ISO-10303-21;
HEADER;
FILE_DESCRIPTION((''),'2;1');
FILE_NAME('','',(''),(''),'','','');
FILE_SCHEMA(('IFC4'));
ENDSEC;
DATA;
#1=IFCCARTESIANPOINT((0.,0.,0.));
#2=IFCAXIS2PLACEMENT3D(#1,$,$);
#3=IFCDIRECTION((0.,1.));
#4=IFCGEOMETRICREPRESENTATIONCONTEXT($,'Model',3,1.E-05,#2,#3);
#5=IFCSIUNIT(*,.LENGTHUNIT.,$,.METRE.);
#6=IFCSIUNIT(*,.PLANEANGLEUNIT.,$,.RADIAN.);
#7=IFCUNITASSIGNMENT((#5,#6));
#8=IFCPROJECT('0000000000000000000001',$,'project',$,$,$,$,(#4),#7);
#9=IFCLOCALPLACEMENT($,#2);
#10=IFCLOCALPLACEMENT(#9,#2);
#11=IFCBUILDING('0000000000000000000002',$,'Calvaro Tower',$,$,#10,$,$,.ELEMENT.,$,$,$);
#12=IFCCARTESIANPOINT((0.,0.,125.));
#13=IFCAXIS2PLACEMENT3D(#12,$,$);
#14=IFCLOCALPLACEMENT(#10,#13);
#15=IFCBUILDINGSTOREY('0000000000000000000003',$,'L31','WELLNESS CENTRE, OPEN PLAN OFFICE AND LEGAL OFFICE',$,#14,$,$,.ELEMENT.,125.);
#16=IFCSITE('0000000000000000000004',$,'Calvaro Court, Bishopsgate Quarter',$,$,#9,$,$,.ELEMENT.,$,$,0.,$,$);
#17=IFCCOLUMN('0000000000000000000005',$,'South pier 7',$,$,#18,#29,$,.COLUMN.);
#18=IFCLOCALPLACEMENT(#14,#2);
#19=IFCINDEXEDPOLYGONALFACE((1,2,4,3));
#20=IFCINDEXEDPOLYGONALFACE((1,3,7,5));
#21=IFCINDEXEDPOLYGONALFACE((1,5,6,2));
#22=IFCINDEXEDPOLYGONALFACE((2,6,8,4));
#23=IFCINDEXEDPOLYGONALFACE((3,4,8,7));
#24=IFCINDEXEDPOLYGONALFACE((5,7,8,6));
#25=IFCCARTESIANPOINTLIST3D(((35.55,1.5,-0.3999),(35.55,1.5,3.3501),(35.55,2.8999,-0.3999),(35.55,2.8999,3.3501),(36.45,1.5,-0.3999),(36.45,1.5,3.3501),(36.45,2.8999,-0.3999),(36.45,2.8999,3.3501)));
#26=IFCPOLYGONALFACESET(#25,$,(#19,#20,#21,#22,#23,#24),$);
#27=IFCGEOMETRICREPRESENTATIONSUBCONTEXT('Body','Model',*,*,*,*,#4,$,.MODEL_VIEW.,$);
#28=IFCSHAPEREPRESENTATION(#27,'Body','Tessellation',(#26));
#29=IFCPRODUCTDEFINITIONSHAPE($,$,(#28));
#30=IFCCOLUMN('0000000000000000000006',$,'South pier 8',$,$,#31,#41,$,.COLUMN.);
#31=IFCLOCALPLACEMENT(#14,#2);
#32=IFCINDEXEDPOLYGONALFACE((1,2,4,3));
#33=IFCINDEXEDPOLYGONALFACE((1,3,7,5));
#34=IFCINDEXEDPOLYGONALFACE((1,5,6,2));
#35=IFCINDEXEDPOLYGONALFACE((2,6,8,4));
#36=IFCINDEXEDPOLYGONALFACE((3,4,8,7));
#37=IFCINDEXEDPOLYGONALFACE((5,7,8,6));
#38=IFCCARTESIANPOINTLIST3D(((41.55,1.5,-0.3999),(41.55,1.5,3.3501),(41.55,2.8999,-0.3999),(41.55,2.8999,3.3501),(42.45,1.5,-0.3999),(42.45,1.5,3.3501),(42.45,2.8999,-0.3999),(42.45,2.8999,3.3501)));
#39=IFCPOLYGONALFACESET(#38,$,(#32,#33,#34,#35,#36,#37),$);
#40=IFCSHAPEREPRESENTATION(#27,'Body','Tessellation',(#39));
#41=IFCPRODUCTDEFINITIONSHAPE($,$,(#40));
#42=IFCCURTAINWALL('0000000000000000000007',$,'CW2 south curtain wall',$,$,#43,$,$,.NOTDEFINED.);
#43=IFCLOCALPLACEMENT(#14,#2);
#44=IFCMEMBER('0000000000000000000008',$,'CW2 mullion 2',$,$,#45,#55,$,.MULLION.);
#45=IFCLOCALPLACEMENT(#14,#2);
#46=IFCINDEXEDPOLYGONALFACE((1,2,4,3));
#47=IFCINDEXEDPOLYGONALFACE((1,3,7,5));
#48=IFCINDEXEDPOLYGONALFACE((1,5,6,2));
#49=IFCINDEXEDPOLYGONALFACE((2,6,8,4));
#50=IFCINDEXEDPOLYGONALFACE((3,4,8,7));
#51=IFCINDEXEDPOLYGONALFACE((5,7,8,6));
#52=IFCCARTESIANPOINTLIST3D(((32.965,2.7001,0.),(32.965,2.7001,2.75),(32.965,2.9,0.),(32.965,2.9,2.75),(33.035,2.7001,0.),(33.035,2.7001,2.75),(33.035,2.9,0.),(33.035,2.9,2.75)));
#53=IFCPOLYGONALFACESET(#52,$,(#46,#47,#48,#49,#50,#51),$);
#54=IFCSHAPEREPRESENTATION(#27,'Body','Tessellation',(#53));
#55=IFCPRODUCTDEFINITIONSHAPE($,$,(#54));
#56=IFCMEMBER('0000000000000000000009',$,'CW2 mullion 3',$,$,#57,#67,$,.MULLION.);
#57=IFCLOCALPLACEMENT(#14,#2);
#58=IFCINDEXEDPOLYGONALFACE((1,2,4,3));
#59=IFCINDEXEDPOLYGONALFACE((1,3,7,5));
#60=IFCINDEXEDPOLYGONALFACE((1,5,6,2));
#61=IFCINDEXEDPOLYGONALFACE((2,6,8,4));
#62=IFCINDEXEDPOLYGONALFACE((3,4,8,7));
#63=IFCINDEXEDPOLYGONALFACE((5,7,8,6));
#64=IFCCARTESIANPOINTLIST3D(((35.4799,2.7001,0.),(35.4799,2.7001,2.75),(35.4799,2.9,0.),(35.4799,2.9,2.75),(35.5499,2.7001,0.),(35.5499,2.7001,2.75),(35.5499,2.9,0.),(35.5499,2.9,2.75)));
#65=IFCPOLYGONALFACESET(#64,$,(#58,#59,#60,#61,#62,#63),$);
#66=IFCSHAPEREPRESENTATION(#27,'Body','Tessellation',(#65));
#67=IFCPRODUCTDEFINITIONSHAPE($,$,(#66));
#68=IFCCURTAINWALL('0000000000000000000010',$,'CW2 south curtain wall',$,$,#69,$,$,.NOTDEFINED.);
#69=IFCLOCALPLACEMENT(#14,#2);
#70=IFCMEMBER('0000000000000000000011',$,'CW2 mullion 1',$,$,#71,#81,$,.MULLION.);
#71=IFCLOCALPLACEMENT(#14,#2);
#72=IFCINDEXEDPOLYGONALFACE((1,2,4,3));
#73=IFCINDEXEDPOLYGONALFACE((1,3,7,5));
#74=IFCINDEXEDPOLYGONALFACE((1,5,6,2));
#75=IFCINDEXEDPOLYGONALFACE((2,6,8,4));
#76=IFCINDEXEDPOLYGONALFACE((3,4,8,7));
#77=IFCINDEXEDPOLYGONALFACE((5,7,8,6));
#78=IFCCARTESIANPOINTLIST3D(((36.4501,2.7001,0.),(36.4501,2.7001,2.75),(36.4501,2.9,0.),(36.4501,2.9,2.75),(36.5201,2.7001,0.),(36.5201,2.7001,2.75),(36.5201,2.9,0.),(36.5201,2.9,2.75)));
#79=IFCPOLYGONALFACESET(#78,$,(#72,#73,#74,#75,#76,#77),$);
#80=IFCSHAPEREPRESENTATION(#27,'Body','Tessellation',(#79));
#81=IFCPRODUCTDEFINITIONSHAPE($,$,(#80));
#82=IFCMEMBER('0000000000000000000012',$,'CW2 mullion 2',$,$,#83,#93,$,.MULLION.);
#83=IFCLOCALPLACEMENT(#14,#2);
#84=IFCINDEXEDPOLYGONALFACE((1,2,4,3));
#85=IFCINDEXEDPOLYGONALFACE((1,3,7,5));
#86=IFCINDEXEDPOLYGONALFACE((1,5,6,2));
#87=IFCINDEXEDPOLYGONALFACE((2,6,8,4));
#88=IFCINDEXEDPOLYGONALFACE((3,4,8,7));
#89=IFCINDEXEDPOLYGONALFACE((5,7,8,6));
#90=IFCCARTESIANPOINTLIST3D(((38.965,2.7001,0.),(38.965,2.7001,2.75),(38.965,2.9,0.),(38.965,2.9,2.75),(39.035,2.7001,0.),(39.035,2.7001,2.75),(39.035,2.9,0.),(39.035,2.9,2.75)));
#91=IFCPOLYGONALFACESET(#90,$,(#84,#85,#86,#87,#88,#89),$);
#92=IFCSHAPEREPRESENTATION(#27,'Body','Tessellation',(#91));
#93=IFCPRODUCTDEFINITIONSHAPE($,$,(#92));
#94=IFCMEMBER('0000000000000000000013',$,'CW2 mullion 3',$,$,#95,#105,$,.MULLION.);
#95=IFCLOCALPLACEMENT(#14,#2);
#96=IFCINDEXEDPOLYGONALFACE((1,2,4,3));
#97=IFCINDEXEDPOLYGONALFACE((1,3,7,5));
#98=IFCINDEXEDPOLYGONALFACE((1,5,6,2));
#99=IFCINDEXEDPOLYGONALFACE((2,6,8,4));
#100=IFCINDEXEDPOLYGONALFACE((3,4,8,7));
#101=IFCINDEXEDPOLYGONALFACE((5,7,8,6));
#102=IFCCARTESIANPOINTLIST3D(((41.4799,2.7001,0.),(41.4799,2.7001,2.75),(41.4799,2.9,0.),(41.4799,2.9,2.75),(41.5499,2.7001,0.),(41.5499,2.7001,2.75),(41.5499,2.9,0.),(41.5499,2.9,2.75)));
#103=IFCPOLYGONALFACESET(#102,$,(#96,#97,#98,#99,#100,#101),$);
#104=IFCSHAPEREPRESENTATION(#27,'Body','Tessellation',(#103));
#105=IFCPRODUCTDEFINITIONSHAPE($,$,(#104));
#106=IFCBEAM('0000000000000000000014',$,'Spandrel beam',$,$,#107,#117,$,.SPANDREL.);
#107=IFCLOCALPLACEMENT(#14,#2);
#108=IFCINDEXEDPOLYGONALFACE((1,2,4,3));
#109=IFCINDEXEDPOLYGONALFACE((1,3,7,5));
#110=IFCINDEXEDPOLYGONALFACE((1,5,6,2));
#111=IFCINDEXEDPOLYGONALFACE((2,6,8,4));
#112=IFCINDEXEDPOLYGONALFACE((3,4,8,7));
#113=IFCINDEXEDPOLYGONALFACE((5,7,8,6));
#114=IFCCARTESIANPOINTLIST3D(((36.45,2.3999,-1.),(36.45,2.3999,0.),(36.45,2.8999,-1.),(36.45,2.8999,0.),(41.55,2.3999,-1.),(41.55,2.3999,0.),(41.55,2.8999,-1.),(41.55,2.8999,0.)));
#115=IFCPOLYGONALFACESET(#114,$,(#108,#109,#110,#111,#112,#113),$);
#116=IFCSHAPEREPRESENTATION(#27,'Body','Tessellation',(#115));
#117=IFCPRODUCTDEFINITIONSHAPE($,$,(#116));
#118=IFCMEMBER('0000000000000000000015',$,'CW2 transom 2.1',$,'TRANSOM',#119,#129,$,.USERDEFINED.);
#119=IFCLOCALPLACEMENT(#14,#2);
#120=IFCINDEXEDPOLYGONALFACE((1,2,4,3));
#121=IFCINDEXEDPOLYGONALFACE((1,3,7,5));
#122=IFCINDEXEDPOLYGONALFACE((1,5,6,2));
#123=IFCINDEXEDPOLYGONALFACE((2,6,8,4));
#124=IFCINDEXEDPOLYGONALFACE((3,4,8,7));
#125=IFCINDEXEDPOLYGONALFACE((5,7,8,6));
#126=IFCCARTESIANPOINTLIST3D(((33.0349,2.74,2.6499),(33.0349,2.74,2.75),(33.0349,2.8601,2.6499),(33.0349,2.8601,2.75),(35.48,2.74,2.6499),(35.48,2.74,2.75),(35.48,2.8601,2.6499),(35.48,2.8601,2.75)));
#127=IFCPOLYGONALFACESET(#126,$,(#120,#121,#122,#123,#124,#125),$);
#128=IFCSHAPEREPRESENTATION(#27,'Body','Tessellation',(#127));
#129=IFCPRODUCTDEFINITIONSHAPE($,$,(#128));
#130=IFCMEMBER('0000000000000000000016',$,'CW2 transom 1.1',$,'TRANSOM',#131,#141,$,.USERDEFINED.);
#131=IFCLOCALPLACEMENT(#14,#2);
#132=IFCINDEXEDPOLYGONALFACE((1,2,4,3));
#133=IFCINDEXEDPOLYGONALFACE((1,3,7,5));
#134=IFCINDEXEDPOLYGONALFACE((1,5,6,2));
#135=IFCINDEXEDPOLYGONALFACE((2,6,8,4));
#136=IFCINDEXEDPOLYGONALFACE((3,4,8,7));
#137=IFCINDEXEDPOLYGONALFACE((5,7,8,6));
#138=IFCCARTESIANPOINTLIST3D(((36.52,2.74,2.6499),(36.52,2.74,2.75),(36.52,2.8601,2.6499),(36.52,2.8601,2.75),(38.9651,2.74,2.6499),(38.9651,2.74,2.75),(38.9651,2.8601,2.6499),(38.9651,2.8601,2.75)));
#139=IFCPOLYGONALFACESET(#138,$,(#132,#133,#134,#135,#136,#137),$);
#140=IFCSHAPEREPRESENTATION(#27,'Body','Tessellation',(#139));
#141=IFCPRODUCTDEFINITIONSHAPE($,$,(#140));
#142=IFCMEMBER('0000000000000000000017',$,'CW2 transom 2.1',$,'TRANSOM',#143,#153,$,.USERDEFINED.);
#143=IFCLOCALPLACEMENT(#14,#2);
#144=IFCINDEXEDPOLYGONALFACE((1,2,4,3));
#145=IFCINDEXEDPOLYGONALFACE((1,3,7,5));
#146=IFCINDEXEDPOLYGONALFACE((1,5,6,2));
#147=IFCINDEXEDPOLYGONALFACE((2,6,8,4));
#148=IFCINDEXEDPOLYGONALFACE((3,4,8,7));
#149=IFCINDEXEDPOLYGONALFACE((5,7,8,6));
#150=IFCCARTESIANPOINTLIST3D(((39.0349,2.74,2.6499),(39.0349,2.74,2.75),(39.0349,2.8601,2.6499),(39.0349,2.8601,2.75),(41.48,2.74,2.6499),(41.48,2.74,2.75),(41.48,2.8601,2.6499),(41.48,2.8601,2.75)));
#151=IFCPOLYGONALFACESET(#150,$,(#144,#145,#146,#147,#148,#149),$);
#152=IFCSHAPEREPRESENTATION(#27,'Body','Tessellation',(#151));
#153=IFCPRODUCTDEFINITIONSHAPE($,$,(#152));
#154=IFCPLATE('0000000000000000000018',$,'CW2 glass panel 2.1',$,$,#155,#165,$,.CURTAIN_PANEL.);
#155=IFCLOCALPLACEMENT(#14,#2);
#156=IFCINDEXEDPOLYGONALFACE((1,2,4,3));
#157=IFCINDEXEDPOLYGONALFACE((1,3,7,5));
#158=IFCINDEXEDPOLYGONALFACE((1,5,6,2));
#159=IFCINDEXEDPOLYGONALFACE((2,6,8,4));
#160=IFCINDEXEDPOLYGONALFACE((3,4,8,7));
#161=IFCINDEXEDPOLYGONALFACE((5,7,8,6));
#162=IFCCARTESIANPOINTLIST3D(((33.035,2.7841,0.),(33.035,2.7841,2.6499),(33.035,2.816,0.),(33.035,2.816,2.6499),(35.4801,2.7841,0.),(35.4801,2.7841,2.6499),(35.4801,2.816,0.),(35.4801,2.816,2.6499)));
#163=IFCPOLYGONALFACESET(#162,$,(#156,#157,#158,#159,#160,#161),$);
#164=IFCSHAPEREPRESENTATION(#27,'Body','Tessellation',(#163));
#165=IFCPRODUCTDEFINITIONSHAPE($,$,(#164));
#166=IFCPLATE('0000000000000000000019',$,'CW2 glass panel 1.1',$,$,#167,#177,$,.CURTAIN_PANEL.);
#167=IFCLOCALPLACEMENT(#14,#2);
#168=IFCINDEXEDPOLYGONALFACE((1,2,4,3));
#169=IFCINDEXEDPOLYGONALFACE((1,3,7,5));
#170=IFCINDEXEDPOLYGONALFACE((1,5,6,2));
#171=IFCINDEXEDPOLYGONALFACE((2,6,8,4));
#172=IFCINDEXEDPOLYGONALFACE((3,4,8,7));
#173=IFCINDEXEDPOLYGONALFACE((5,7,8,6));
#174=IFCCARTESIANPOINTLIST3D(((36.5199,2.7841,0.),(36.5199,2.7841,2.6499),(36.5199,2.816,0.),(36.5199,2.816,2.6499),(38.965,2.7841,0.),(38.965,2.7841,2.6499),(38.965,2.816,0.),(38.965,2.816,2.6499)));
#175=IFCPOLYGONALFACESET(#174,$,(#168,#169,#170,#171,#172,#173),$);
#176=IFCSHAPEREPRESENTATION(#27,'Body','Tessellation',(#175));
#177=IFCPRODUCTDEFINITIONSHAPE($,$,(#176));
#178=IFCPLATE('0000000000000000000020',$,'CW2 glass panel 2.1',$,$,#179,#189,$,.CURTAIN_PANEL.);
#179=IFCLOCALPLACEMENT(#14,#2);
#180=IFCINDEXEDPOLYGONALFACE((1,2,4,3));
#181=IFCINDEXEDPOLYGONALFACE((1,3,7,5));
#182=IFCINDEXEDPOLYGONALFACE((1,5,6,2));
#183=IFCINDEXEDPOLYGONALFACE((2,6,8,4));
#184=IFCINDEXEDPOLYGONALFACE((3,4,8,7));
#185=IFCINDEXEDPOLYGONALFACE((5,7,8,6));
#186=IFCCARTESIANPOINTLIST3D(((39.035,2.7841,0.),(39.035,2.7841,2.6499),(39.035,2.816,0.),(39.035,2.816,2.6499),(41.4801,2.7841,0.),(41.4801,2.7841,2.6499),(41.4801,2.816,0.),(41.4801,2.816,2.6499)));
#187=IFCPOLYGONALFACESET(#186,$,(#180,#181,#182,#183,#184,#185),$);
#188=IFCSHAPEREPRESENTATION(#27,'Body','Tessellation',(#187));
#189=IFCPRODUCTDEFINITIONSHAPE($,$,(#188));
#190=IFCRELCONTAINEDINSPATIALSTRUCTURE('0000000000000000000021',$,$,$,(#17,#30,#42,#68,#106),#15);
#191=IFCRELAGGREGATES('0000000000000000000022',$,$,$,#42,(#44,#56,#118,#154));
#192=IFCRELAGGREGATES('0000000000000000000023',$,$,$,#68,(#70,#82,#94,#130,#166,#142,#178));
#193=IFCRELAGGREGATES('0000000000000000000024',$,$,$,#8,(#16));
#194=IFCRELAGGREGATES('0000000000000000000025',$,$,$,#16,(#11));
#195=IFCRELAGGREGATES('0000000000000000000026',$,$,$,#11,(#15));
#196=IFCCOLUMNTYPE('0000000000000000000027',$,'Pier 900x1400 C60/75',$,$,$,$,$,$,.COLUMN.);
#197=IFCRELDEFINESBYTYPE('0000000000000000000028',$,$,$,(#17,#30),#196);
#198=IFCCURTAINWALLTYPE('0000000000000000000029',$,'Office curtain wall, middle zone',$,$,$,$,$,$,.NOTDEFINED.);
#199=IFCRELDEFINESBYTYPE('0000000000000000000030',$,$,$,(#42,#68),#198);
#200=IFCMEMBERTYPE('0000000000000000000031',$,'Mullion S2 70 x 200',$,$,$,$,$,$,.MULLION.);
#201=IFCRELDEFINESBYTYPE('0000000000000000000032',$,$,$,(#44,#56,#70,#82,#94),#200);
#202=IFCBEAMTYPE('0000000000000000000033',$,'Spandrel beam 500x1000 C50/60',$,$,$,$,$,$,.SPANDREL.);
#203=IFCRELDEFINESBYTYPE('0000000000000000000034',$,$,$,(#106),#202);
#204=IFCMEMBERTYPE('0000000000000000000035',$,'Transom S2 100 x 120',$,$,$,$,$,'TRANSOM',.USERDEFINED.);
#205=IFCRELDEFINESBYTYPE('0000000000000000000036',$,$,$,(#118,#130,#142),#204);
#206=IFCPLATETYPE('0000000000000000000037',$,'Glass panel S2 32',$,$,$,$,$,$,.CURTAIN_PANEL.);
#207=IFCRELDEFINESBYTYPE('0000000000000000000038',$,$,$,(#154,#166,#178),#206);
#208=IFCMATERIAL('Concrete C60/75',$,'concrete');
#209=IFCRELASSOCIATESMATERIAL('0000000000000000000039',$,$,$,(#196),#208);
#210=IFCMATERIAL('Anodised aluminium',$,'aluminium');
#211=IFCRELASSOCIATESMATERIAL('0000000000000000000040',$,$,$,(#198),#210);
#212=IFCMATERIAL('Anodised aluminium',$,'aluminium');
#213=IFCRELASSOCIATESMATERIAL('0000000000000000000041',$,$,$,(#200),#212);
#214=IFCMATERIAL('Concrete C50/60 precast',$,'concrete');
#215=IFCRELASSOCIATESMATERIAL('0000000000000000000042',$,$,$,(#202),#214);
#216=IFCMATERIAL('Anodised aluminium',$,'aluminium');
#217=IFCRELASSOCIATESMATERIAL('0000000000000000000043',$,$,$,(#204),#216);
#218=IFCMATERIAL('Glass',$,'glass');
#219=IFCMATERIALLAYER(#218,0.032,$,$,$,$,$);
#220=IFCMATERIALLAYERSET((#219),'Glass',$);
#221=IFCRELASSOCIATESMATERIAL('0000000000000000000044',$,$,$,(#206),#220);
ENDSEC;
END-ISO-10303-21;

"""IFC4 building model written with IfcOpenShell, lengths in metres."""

from ifc_helpers import new_model, si_unit, direction, frame, origin, origin_2d, place, context, subcontext, project, spatial, rectangle, extrude, material, layer, layer_set, material_profile, profile_set, type_object, element, aggregate, save


model = new_model("IFC4")

# Units and contexts
model_context = context("Model", 3, precision=1e-05, world=origin(), true_north=direction((0.0, 1.0)))
body_context = subcontext(model_context, "Body", "Model", "MODEL_VIEW")
ifc_project = project(units=[si_unit("LENGTHUNIT", "METRE"), si_unit("PLANEANGLEUNIT", "RADIAN")], contexts=[model_context])

# Site, building, storey
site_placement = place(None, origin())
site = spatial("IfcSite", under=ifc_project, at=site_placement, Name="Calvaro Court, Bishopsgate Quarter", CompositionType="ELEMENT", RefElevation=0.0)
building_placement = place(site_placement, origin())
building = spatial("IfcBuilding", under=site, at=building_placement, Name="Calvaro Tower", CompositionType="ELEMENT")
storey_placement = place(building_placement, frame((0.0, 0.0, 125.0)))
storey = spatial("IfcBuildingStorey", under=building, at=storey_placement, Name="L31", Description="WELLNESS CENTRE, OPEN PLAN OFFICE AND LEGAL OFFICE", CompositionType="ELEMENT", Elevation=125.0)

# Columns
ifc_material_1 = material(Name="Concrete C60/75", Category="concrete")
ifc_material_profile_1 = material_profile(ifc_material_1, rectangle(XDim=0.8999, YDim=1.3999, at=origin_2d()), Name="RC 900x1400")
ifc_profile_set_1 = profile_set([ifc_material_profile_1], Name="Concrete C60/75")
column_type = type_object("IfcColumnType", Name="Pier 900x1400 C60/75", PredefinedType="COLUMN", material=ifc_profile_set_1)
for number, where, z_axis, x_axis, name in (
    (1, (36.0, 2.2, -0.3999), (0.0, 0.0, 1.0), (1.0, 0.0, 0.0), "South pier 7"),
    (2, (42.0, 2.2, -0.3999), (0.0, 0.0, 1.0), (1.0, 0.0, 0.0), "South pier 8"),
):
    element("IfcColumn", number, at=place(storey_placement, frame(where, z_axis=z_axis, x_axis=x_axis)), inside=storey, type_object=column_type, Name=name, PredefinedType="COLUMN", context=body_context, shape_type="SweptSolid", body=[
        extrude(rectangle(XDim=0.8999, YDim=1.3999, at=origin_2d()), origin(), (0.0, 0.0, 1.0), 3.75),
    ])

# Curtain walls, members
ifc_material_2 = material(Name="Anodised aluminium", Category="aluminium")
curtain_wall_type = type_object("IfcCurtainWallType", Name="Office curtain wall, middle zone", PredefinedType="NOTDEFINED", material=ifc_material_2)
curtain_wall_1_placement = place(storey_placement, origin())
curtain_wall_1 = element("IfcCurtainWall", 3, at=curtain_wall_1_placement, inside=storey, type_object=curtain_wall_type, Name="CW2 south curtain wall", PredefinedType="NOTDEFINED")
ifc_material_3 = material(Name="Anodised aluminium", Category="aluminium")
ifc_material_profile_2 = material_profile(ifc_material_3, rectangle(XDim=0.2, YDim=0.0701, at=origin_2d()), Name="Mullion S2 70 x 200")
ifc_profile_set_2 = profile_set([ifc_material_profile_2], Name="Anodised aluminium")
member_type_1 = type_object("IfcMemberType", Name="Mullion S2 70 x 200", PredefinedType="MULLION", material=ifc_profile_set_2)
member_1_placement = place(storey_placement, frame((33.0, 2.8, 0.0), z_axis=(0.0, 0.0, 1.0), x_axis=(0.0, 1.0, 0.0)))
member_1 = element("IfcMember", 4, at=member_1_placement, type_object=member_type_1, Name="CW2 mullion 2", PredefinedType="MULLION", context=body_context, shape_type="SweptSolid", body=[
    extrude(rectangle(XDim=0.2, YDim=0.0701, at=origin_2d()), origin(), (0.0, 0.0, 1.0), 2.75),
])
member_2_placement = place(storey_placement, frame((35.5149, 2.8, 0.0), z_axis=(0.0, 0.0, 1.0), x_axis=(0.0, 1.0, 0.0)))
member_2 = element("IfcMember", 5, at=member_2_placement, type_object=member_type_1, Name="CW2 mullion 3", PredefinedType="MULLION", context=body_context, shape_type="SweptSolid", body=[
    extrude(rectangle(XDim=0.2, YDim=0.0701, at=origin_2d()), origin(), (0.0, 0.0, 1.0), 2.75),
])
curtain_wall_2_placement = place(storey_placement, origin())
curtain_wall_2 = element("IfcCurtainWall", 6, at=curtain_wall_2_placement, inside=storey, type_object=curtain_wall_type, Name="CW2 south curtain wall", PredefinedType="NOTDEFINED")
member_3_placement = place(storey_placement, frame((36.4851, 2.8, 0.0), z_axis=(0.0, 0.0, 1.0), x_axis=(0.0, 1.0, 0.0)))
member_3 = element("IfcMember", 7, at=member_3_placement, type_object=member_type_1, Name="CW2 mullion 1", PredefinedType="MULLION", context=body_context, shape_type="SweptSolid", body=[
    extrude(rectangle(XDim=0.2, YDim=0.0701, at=origin_2d()), origin(), (0.0, 0.0, 1.0), 2.75),
])
member_4_placement = place(storey_placement, frame((39.0, 2.8, 0.0), z_axis=(0.0, 0.0, 1.0), x_axis=(0.0, 1.0, 0.0)))
member_4 = element("IfcMember", 8, at=member_4_placement, type_object=member_type_1, Name="CW2 mullion 2", PredefinedType="MULLION", context=body_context, shape_type="SweptSolid", body=[
    extrude(rectangle(XDim=0.2, YDim=0.0701, at=origin_2d()), origin(), (0.0, 0.0, 1.0), 2.75),
])
member_5_placement = place(storey_placement, frame((41.5149, 2.8, 0.0), z_axis=(0.0, 0.0, 1.0), x_axis=(0.0, 1.0, 0.0)))
member_5 = element("IfcMember", 9, at=member_5_placement, type_object=member_type_1, Name="CW2 mullion 3", PredefinedType="MULLION", context=body_context, shape_type="SweptSolid", body=[
    extrude(rectangle(XDim=0.2, YDim=0.0701, at=origin_2d()), origin(), (0.0, 0.0, 1.0), 2.75),
])

# Beam
ifc_material_4 = material(Name="Concrete C50/60 precast", Category="concrete")
ifc_material_profile_3 = material_profile(ifc_material_4, rectangle(XDim=0.5, YDim=1.0, at=origin_2d()), Name="RC 500x1000")
ifc_profile_set_3 = profile_set([ifc_material_profile_3], Name="Concrete C50/60 precast")
beam_type = type_object("IfcBeamType", Name="Spandrel beam 500x1000 C50/60", PredefinedType="SPANDREL", material=ifc_profile_set_3)
beam_placement = place(storey_placement, frame((36.45, 2.6499, -0.5), z_axis=(1.0, 0.0, 0.0), x_axis=(0.0, 1.0, 0.0)))
element("IfcBeam", 10, at=beam_placement, inside=storey, type_object=beam_type, Name="Spandrel beam", PredefinedType="SPANDREL", context=body_context, shape_type="SweptSolid", body=[
    extrude(rectangle(XDim=0.5, YDim=1.0, at=origin_2d()), origin(), (0.0, 0.0, 1.0), 5.1001),
])

# Members
ifc_material_5 = material(Name="Anodised aluminium", Category="aluminium")
ifc_material_profile_4 = material_profile(ifc_material_5, rectangle(XDim=0.1201, YDim=0.1001, at=origin_2d()), Name="Transom S2 100 x 120")
ifc_profile_set_4 = profile_set([ifc_material_profile_4], Name="Anodised aluminium")
member_type_2 = type_object("IfcMemberType", Name="Transom S2 100 x 120", ElementType="TRANSOM", PredefinedType="USERDEFINED", material=ifc_profile_set_4)
member_6_placement = place(storey_placement, frame((33.0349, 2.8, 2.7), z_axis=(1.0, 0.0, 0.0), x_axis=(0.0, 1.0, 0.0)))
member_6 = element("IfcMember", 11, at=member_6_placement, type_object=member_type_2, Name="CW2 transom 2.1", ObjectType="TRANSOM", PredefinedType="USERDEFINED", context=body_context, shape_type="SweptSolid", body=[
    extrude(rectangle(XDim=0.1201, YDim=0.1001, at=origin_2d()), origin(), (0.0, 0.0, 1.0), 2.4451),
])
member_7_placement = place(storey_placement, frame((36.52, 2.8, 2.7), z_axis=(1.0, 0.0, 0.0), x_axis=(0.0, 1.0, 0.0)))
member_7 = element("IfcMember", 12, at=member_7_placement, type_object=member_type_2, Name="CW2 transom 1.1", ObjectType="TRANSOM", PredefinedType="USERDEFINED", context=body_context, shape_type="SweptSolid", body=[
    extrude(rectangle(XDim=0.1201, YDim=0.1001, at=origin_2d()), origin(), (0.0, 0.0, 1.0), 2.4451),
])
member_8_placement = place(storey_placement, frame((39.0349, 2.8, 2.7), z_axis=(1.0, 0.0, 0.0), x_axis=(0.0, 1.0, 0.0)))
member_8 = element("IfcMember", 13, at=member_8_placement, type_object=member_type_2, Name="CW2 transom 2.1", ObjectType="TRANSOM", PredefinedType="USERDEFINED", context=body_context, shape_type="SweptSolid", body=[
    extrude(rectangle(XDim=0.1201, YDim=0.1001, at=origin_2d()), origin(), (0.0, 0.0, 1.0), 2.4451),
])

# Plates
ifc_material_6 = material(Name="Glass", Category="glass")
ifc_layer = layer(ifc_material_6, 0.032)
ifc_layer_set = layer_set([ifc_layer], Name="Glass")
plate_type = type_object("IfcPlateType", Name="Glass panel S2 32", PredefinedType="CURTAIN_PANEL", material=ifc_layer_set)
plate_1_placement = place(storey_placement, frame((34.2576, 2.8, 0.0), z_axis=(0.0, 0.0, 1.0), x_axis=(1.0, 0.0, 0.0)))
plate_1 = element("IfcPlate", 14, at=plate_1_placement, type_object=plate_type, Name="CW2 glass panel 2.1", PredefinedType="CURTAIN_PANEL", context=body_context, shape_type="SweptSolid", body=[
    extrude(rectangle(XDim=2.4451, YDim=0.032, at=origin_2d()), origin(), (0.0, 0.0, 1.0), 2.6499),
])
aggregate(curtain_wall_1, [member_1, member_2, member_6, plate_1])
plate_2_placement = place(storey_placement, frame((37.7424, 2.8, 0.0), z_axis=(0.0, 0.0, 1.0), x_axis=(1.0, 0.0, 0.0)))
plate_2 = element("IfcPlate", 15, at=plate_2_placement, type_object=plate_type, Name="CW2 glass panel 1.1", PredefinedType="CURTAIN_PANEL", context=body_context, shape_type="SweptSolid", body=[
    extrude(rectangle(XDim=2.4451, YDim=0.032, at=origin_2d()), origin(), (0.0, 0.0, 1.0), 2.6499),
])
plate_3_placement = place(storey_placement, frame((40.2576, 2.8, 0.0), z_axis=(0.0, 0.0, 1.0), x_axis=(1.0, 0.0, 0.0)))
plate_3 = element("IfcPlate", 16, at=plate_3_placement, type_object=plate_type, Name="CW2 glass panel 2.1", PredefinedType="CURTAIN_PANEL", context=body_context, shape_type="SweptSolid", body=[
    extrude(rectangle(XDim=2.4451, YDim=0.032, at=origin_2d()), origin(), (0.0, 0.0, 1.0), 2.6499),
])
aggregate(curtain_wall_2, [member_3, member_4, member_5, member_7, plate_2, member_8, plate_3])

save(model, "model.ifc")
